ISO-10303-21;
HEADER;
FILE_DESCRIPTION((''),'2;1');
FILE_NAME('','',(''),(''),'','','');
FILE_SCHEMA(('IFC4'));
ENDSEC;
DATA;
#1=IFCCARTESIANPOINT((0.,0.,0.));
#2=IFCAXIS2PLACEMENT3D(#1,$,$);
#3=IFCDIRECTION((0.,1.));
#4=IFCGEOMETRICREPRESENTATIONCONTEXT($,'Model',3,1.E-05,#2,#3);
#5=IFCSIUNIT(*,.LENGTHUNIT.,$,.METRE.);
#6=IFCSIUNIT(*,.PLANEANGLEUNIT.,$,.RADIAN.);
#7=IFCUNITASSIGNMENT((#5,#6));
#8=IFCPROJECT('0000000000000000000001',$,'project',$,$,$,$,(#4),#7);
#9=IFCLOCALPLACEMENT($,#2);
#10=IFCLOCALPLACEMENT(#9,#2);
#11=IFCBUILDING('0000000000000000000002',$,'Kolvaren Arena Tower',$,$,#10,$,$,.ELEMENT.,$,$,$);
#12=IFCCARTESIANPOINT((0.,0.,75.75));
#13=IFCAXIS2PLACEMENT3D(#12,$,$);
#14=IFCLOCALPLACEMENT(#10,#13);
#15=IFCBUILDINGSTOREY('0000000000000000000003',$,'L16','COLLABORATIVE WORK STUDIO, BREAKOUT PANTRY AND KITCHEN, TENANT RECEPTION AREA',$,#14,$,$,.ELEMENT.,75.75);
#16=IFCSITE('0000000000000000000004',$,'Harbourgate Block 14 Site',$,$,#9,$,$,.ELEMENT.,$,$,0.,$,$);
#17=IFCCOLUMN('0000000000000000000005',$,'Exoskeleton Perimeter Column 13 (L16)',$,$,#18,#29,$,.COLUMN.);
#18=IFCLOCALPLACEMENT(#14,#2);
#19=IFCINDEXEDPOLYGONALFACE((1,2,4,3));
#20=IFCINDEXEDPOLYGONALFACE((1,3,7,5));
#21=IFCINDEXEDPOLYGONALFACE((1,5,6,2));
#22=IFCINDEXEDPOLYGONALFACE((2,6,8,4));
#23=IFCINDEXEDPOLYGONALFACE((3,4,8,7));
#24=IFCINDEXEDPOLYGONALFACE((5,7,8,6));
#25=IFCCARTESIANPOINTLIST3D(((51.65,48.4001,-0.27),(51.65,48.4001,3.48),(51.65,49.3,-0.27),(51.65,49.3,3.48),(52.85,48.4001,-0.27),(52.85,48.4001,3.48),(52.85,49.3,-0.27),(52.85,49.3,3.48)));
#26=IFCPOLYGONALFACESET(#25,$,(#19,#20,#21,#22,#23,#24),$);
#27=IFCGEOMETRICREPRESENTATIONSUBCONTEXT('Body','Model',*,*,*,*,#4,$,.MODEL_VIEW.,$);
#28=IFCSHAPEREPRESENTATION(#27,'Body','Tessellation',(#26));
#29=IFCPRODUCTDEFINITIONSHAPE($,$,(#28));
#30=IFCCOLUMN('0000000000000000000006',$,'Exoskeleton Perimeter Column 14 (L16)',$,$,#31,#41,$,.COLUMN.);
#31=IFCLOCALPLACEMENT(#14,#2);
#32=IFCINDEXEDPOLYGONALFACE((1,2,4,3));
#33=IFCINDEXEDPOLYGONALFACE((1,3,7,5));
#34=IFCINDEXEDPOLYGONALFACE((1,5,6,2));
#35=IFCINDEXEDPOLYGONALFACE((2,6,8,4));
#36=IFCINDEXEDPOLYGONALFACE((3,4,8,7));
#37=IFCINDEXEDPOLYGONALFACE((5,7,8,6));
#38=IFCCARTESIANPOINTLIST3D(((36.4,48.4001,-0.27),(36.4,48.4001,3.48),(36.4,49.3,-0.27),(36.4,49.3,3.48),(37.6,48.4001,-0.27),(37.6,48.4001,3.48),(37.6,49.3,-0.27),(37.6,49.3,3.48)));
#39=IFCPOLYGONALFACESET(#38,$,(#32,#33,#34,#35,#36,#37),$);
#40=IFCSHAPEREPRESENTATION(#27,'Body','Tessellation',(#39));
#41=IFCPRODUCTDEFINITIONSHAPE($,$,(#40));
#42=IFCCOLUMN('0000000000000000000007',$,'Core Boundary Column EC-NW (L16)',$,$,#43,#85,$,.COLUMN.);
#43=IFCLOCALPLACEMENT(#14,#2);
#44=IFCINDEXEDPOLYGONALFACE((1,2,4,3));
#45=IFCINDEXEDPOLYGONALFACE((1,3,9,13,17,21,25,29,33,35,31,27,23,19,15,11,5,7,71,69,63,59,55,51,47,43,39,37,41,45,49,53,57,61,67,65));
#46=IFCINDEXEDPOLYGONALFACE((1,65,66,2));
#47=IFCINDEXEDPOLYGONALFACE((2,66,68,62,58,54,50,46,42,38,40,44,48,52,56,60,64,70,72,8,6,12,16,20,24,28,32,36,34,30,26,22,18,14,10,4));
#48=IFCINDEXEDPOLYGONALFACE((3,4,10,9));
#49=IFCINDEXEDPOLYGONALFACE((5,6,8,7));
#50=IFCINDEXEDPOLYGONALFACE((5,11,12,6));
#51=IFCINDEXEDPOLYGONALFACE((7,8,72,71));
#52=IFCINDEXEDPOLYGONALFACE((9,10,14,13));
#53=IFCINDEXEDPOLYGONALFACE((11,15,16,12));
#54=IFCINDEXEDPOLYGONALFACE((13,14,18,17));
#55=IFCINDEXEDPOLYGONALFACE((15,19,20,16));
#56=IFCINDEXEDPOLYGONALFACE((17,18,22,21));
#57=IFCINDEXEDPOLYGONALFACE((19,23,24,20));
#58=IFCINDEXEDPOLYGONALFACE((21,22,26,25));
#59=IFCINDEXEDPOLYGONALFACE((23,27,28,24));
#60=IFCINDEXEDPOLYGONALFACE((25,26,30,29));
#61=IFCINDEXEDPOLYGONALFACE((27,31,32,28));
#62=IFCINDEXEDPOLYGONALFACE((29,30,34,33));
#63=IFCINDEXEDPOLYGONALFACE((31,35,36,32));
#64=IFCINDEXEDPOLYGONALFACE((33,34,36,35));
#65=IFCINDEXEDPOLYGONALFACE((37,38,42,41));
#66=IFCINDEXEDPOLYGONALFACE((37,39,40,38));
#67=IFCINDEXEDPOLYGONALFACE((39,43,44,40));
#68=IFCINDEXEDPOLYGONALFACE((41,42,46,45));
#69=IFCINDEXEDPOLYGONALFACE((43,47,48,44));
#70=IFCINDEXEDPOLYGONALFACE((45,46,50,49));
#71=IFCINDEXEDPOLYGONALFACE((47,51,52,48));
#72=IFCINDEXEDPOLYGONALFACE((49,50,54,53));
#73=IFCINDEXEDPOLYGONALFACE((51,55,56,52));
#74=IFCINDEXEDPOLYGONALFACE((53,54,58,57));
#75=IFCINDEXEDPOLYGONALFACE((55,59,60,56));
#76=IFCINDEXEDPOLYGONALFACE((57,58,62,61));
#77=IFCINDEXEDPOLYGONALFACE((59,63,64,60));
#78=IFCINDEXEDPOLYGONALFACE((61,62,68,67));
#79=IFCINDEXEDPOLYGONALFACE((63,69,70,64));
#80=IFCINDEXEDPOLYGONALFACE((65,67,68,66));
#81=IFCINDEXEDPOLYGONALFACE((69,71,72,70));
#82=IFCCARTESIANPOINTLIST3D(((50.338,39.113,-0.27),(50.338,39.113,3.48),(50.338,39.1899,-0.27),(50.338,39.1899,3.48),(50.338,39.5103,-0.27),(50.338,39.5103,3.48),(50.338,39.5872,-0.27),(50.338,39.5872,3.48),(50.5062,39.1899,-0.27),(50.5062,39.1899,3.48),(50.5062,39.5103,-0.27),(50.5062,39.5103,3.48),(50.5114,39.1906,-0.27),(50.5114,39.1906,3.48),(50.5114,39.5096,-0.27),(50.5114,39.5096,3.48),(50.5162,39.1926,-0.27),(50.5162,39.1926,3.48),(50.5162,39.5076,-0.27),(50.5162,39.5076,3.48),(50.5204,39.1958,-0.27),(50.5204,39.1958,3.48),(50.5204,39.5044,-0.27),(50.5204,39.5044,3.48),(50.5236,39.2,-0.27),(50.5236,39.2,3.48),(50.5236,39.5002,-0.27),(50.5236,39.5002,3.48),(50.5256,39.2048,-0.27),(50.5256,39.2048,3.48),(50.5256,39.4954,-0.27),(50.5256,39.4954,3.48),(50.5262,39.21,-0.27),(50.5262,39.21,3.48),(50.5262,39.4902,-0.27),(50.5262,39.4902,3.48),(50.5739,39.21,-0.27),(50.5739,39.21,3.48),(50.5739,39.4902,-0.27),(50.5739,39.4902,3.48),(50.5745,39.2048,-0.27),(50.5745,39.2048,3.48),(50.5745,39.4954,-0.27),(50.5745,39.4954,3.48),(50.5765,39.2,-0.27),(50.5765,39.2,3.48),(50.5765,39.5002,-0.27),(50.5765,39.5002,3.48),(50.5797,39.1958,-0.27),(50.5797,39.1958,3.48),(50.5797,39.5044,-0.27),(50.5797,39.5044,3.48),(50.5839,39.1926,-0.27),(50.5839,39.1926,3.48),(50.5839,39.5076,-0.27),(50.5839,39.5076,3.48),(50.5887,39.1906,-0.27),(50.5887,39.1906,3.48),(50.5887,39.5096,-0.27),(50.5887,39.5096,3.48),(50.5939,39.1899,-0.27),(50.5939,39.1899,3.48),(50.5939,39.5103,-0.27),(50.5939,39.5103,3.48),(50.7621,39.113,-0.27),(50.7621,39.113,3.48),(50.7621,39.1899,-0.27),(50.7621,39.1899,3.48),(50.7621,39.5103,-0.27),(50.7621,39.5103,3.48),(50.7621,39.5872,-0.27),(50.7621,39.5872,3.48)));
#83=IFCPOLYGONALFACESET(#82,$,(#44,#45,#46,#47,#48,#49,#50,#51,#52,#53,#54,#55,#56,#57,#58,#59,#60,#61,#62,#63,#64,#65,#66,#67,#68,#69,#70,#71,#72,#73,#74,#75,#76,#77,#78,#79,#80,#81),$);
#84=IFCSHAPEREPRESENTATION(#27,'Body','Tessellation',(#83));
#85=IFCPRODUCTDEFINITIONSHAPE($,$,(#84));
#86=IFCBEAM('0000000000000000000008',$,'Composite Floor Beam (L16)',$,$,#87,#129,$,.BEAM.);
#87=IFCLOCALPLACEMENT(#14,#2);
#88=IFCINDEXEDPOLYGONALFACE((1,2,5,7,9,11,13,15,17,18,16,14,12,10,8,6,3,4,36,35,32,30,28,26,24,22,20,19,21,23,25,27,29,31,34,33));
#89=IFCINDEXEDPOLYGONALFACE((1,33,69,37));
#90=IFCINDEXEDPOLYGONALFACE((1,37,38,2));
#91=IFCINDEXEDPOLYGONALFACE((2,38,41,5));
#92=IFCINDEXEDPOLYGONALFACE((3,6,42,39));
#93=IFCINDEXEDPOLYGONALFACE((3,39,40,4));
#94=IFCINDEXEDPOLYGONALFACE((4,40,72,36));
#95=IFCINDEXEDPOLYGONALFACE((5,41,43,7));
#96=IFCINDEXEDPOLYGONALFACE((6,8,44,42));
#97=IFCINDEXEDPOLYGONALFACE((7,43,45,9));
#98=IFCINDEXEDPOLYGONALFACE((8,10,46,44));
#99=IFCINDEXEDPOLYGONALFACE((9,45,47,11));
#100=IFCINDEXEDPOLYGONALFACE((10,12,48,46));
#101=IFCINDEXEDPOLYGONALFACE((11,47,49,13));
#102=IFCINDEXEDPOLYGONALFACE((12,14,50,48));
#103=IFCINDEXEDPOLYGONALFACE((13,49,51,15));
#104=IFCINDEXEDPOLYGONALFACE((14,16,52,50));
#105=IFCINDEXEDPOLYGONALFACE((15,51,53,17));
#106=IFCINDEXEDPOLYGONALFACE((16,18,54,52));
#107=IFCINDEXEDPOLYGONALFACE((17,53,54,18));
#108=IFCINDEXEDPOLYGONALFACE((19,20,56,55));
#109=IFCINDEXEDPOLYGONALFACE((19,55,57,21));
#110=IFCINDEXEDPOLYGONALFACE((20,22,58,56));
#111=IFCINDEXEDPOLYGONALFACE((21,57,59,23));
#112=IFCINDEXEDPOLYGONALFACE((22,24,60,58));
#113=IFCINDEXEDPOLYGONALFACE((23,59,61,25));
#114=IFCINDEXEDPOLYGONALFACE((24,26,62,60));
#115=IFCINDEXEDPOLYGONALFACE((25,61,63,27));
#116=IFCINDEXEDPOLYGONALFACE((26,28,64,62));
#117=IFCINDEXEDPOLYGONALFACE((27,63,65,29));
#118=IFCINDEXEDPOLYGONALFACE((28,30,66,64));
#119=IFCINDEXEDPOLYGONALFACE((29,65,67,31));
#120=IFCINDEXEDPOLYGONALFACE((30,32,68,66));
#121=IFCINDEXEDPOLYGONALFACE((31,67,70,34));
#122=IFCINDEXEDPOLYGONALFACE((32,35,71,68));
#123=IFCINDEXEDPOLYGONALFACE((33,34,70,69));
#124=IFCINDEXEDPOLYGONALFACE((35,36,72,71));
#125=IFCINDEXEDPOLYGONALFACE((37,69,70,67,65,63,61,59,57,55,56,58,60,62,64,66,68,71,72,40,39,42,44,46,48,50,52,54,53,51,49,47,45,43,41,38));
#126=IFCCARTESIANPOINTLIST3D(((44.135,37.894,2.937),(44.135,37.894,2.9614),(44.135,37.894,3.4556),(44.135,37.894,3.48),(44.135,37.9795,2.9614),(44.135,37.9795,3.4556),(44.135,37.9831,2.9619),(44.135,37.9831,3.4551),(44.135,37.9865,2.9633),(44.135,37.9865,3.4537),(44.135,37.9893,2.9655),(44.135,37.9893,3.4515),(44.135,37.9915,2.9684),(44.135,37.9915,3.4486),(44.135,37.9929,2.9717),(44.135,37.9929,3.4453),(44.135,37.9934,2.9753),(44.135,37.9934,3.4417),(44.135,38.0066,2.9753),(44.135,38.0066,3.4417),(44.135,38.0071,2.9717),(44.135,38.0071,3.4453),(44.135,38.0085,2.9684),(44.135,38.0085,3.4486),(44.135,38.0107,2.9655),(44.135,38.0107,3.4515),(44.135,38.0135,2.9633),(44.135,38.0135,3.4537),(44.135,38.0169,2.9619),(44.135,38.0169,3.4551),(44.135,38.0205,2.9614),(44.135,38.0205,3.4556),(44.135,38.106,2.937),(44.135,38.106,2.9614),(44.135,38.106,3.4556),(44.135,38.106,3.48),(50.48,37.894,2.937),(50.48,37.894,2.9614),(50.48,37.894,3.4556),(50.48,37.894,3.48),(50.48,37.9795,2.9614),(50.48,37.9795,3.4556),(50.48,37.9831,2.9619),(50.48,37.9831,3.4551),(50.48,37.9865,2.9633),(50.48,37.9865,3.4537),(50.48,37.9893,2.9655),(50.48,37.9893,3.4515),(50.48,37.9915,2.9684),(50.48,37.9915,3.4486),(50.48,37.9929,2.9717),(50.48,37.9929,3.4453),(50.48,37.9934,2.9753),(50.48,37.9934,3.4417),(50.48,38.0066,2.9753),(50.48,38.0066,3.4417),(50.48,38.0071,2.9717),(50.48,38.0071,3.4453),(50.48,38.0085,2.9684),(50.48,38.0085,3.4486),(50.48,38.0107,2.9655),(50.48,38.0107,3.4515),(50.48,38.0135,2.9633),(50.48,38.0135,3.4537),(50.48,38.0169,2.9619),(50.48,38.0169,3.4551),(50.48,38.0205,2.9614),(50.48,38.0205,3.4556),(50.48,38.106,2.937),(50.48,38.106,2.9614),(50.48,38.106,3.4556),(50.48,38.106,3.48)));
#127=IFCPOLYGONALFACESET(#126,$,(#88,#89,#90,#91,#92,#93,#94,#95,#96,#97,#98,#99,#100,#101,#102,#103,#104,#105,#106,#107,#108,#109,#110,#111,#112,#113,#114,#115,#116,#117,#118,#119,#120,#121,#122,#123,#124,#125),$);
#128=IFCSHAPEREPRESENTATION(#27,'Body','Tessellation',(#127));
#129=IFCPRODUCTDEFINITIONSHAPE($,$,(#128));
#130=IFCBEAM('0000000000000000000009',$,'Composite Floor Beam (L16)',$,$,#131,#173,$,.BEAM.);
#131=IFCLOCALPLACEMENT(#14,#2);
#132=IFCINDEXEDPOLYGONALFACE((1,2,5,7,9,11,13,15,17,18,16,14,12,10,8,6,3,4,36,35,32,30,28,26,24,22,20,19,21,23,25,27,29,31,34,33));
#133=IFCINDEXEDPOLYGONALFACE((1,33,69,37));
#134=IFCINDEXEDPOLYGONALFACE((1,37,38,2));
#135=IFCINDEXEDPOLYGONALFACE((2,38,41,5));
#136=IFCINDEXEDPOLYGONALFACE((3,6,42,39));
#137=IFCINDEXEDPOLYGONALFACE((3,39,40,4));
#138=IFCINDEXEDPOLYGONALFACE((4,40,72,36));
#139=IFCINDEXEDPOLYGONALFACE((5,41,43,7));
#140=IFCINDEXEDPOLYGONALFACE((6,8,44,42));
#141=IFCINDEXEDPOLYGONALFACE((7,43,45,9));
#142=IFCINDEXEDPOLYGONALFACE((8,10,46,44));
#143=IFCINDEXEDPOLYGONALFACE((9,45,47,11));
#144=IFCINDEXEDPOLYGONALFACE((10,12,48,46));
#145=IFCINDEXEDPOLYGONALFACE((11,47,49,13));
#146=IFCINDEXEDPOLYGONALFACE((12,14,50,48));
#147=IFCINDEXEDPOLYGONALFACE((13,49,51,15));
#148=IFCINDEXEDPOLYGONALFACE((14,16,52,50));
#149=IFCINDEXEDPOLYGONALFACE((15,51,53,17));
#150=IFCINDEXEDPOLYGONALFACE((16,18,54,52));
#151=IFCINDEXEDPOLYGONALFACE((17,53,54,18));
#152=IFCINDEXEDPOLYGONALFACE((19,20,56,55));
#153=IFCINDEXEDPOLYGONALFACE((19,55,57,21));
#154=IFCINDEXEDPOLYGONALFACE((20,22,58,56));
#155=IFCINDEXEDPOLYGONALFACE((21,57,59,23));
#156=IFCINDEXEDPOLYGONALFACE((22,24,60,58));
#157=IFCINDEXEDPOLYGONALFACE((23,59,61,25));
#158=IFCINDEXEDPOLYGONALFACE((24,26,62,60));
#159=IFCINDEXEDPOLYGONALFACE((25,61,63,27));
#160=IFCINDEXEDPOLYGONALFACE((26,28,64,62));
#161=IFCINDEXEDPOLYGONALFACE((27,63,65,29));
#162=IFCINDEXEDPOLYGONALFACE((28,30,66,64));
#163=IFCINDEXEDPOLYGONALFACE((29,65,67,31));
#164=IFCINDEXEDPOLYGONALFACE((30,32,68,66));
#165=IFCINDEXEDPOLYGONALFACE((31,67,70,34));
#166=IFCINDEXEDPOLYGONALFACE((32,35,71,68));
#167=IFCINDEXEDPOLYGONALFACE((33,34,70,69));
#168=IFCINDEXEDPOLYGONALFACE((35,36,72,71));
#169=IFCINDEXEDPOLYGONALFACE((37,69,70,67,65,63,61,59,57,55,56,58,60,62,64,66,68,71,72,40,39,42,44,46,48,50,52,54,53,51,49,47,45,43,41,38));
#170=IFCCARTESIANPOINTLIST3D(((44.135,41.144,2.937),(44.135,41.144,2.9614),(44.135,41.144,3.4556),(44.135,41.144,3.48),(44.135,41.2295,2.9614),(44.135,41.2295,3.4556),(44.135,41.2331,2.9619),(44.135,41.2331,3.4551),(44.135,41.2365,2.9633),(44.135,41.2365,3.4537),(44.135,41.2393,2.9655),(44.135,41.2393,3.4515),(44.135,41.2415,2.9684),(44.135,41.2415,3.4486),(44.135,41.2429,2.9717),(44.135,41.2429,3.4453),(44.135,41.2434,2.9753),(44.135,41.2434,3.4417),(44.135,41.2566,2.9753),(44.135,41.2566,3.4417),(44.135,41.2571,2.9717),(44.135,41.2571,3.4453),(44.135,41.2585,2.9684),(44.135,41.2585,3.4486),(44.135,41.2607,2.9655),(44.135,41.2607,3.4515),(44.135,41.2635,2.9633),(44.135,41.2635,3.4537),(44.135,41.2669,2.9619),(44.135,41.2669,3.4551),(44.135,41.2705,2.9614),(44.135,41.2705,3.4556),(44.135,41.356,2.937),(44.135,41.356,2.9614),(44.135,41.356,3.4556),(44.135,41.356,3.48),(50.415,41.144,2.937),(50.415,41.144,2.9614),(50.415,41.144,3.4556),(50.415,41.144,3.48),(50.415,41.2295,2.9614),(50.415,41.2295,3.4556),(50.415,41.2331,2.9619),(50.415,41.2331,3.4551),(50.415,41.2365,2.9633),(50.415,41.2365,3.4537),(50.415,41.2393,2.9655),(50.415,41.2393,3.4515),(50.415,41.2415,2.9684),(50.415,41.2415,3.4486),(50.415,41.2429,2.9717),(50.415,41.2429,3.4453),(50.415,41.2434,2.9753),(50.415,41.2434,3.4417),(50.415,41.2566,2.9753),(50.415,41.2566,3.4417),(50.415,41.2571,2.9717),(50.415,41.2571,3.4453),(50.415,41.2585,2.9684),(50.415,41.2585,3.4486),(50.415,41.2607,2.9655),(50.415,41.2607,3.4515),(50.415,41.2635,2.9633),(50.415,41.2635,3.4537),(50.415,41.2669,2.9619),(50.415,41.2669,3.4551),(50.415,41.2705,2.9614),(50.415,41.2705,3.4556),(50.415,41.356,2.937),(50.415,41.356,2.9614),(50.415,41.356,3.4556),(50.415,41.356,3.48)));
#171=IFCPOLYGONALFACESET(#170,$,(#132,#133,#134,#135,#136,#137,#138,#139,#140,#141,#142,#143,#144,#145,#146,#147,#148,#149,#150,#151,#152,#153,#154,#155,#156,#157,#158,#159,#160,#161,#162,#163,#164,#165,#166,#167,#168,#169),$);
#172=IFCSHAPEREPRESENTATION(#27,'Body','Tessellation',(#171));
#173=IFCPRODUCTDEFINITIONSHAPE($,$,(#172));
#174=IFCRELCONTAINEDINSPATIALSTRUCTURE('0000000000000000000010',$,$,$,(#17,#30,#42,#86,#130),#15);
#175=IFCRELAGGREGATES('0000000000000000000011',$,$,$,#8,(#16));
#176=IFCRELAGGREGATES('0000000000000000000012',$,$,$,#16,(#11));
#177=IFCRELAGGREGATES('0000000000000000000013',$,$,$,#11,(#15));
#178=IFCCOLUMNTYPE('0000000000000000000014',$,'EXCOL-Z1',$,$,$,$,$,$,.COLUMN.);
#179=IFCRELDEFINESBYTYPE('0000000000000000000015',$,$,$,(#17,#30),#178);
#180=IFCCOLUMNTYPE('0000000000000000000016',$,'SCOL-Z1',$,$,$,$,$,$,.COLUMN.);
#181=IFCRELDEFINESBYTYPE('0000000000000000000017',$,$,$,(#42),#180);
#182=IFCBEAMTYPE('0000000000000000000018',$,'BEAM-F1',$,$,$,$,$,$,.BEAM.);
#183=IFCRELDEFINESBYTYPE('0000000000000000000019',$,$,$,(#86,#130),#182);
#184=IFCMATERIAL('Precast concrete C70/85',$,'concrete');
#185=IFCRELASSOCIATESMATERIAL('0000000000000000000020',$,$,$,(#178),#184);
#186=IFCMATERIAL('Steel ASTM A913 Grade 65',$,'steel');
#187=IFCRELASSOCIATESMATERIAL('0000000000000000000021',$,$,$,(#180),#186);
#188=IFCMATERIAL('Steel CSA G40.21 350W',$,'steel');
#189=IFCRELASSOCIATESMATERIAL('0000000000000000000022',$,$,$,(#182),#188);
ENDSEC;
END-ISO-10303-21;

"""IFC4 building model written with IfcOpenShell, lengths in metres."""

from ifc_helpers import new_model, si_unit, direction, frame, origin, origin_2d, place, context, subcontext, project, spatial, rectangle, i_section, extrude, material, material_profile, profile_set, type_object, element, save


model = new_model("IFC4")

# Units and contexts
model_context = context("Model", 3, precision=1e-05, world=origin(), true_north=direction((0.0, 1.0)))
body_context = subcontext(model_context, "Body", "Model", "MODEL_VIEW")
ifc_project = project(units=[si_unit("LENGTHUNIT", "METRE"), si_unit("PLANEANGLEUNIT", "RADIAN")], contexts=[model_context])

# Site, building, storey
site_placement = place(None, origin())
site = spatial("IfcSite", under=ifc_project, at=site_placement, Name="Harbourgate Block 14 Site", CompositionType="ELEMENT", RefElevation=0.0)
building_placement = place(site_placement, origin())
building = spatial("IfcBuilding", under=site, at=building_placement, Name="Kolvaren Arena Tower", CompositionType="ELEMENT")
storey_placement = place(building_placement, frame((0.0, 0.0, 75.75)))
storey = spatial("IfcBuildingStorey", under=building, at=storey_placement, Name="L16", Description="COLLABORATIVE WORK STUDIO, BREAKOUT PANTRY AND KITCHEN, TENANT RECEPTION AREA", CompositionType="ELEMENT", Elevation=75.75)

# Columns
ifc_material_1 = material(Name="Precast concrete C70/85", Category="concrete")
ifc_material_profile_1 = material_profile(ifc_material_1, rectangle(XDim=1.2, YDim=0.8999, at=origin_2d()), Name="RC-1200x900")
ifc_profile_set_1 = profile_set([ifc_material_profile_1], Name="Precast concrete C70/85")
column_type_1 = type_object("IfcColumnType", Name="EXCOL-Z1", PredefinedType="COLUMN", material=ifc_profile_set_1)
for number, where, z_axis, x_axis, name in (
    (1, (52.25, 48.8501, -0.27), (0.0, 0.0, 1.0), (1.0, 0.0, 0.0), "Exoskeleton Perimeter Column 13 (L16)"),
    (2, (37.0, 48.8501, -0.27), (0.0, 0.0, 1.0), (1.0, 0.0, 0.0), "Exoskeleton Perimeter Column 14 (L16)"),
):
    element("IfcColumn", number, at=place(storey_placement, frame(where, z_axis=z_axis, x_axis=x_axis)), inside=storey, type_object=column_type_1, Name=name, PredefinedType="COLUMN", context=body_context, shape_type="SweptSolid", body=[
        extrude(rectangle(XDim=1.2, YDim=0.8999, at=origin_2d()), origin(), (0.0, 0.0, 1.0), 3.75),
    ])
ifc_material_2 = material(Name="Steel ASTM A913 Grade 65", Category="steel")
ifc_material_profile_2 = material_profile(ifc_material_2, i_section(OverallWidth=0.4241, OverallDepth=0.4741, WebThickness=0.0476, FlangeThickness=0.0769, FilletRadius=0.02, at=origin_2d()), Name="W360x634")
ifc_profile_set_2 = profile_set([ifc_material_profile_2], Name="Steel ASTM A913 Grade 65")
column_type_2 = type_object("IfcColumnType", Name="SCOL-Z1", PredefinedType="COLUMN", material=ifc_profile_set_2)
column_placement = place(storey_placement, frame((50.55, 39.3501, -0.27), z_axis=(0.0, 0.0, 1.0), x_axis=(1.0, 0.0, 0.0)))
element("IfcColumn", 3, at=column_placement, inside=storey, type_object=column_type_2, Name="Core Boundary Column EC-NW (L16)", PredefinedType="COLUMN", context=body_context, shape_type="SweptSolid", body=[
    extrude(i_section(OverallWidth=0.4241, OverallDepth=0.4741, WebThickness=0.0476, FlangeThickness=0.0769, FilletRadius=0.02, at=origin_2d()), origin(), (0.0, 0.0, 1.0), 3.75),
])

# Beams
ifc_material_3 = material(Name="Steel CSA G40.21 350W", Category="steel")
ifc_material_profile_3 = material_profile(ifc_material_3, i_section(OverallWidth=0.2119, OverallDepth=0.543, WebThickness=0.0132, FlangeThickness=0.0244, FilletRadius=0.0139, at=origin_2d()), Name="W530x150")
ifc_profile_set_3 = profile_set([ifc_material_profile_3], Name="Steel CSA G40.21 350W")
beam_type_1 = type_object("IfcBeamType", Name="BEAM-F1", PredefinedType="BEAM", material=ifc_profile_set_3)
beam_1_placement = place(storey_placement, frame((44.135, 38.0, 3.2085), z_axis=(1.0, 0.0, 0.0), x_axis=(0.0, 1.0, 0.0)))
element("IfcBeam", 4, at=beam_1_placement, inside=storey, type_object=beam_type_1, Name="Composite Floor Beam (L16)", PredefinedType="BEAM", context=body_context, shape_type="SweptSolid", body=[
    extrude(i_section(OverallWidth=0.2119, OverallDepth=0.543, WebThickness=0.0132, FlangeThickness=0.0244, FilletRadius=0.0139, at=origin_2d()), origin(), (0.0, 0.0, 1.0), 6.345),
])
beam_2_placement = place(storey_placement, frame((44.135, 41.25, 3.2085), z_axis=(1.0, 0.0, 0.0), x_axis=(0.0, 1.0, 0.0)))
element("IfcBeam", 5, at=beam_2_placement, inside=storey, type_object=beam_type_1, Name="Composite Floor Beam (L16)", PredefinedType="BEAM", context=body_context, shape_type="SweptSolid", body=[
    extrude(i_section(OverallWidth=0.2119, OverallDepth=0.543, WebThickness=0.0132, FlangeThickness=0.0244, FilletRadius=0.0139, at=origin_2d()), origin(), (0.0, 0.0, 1.0), 6.28),
])

save(model, "model.ifc")
